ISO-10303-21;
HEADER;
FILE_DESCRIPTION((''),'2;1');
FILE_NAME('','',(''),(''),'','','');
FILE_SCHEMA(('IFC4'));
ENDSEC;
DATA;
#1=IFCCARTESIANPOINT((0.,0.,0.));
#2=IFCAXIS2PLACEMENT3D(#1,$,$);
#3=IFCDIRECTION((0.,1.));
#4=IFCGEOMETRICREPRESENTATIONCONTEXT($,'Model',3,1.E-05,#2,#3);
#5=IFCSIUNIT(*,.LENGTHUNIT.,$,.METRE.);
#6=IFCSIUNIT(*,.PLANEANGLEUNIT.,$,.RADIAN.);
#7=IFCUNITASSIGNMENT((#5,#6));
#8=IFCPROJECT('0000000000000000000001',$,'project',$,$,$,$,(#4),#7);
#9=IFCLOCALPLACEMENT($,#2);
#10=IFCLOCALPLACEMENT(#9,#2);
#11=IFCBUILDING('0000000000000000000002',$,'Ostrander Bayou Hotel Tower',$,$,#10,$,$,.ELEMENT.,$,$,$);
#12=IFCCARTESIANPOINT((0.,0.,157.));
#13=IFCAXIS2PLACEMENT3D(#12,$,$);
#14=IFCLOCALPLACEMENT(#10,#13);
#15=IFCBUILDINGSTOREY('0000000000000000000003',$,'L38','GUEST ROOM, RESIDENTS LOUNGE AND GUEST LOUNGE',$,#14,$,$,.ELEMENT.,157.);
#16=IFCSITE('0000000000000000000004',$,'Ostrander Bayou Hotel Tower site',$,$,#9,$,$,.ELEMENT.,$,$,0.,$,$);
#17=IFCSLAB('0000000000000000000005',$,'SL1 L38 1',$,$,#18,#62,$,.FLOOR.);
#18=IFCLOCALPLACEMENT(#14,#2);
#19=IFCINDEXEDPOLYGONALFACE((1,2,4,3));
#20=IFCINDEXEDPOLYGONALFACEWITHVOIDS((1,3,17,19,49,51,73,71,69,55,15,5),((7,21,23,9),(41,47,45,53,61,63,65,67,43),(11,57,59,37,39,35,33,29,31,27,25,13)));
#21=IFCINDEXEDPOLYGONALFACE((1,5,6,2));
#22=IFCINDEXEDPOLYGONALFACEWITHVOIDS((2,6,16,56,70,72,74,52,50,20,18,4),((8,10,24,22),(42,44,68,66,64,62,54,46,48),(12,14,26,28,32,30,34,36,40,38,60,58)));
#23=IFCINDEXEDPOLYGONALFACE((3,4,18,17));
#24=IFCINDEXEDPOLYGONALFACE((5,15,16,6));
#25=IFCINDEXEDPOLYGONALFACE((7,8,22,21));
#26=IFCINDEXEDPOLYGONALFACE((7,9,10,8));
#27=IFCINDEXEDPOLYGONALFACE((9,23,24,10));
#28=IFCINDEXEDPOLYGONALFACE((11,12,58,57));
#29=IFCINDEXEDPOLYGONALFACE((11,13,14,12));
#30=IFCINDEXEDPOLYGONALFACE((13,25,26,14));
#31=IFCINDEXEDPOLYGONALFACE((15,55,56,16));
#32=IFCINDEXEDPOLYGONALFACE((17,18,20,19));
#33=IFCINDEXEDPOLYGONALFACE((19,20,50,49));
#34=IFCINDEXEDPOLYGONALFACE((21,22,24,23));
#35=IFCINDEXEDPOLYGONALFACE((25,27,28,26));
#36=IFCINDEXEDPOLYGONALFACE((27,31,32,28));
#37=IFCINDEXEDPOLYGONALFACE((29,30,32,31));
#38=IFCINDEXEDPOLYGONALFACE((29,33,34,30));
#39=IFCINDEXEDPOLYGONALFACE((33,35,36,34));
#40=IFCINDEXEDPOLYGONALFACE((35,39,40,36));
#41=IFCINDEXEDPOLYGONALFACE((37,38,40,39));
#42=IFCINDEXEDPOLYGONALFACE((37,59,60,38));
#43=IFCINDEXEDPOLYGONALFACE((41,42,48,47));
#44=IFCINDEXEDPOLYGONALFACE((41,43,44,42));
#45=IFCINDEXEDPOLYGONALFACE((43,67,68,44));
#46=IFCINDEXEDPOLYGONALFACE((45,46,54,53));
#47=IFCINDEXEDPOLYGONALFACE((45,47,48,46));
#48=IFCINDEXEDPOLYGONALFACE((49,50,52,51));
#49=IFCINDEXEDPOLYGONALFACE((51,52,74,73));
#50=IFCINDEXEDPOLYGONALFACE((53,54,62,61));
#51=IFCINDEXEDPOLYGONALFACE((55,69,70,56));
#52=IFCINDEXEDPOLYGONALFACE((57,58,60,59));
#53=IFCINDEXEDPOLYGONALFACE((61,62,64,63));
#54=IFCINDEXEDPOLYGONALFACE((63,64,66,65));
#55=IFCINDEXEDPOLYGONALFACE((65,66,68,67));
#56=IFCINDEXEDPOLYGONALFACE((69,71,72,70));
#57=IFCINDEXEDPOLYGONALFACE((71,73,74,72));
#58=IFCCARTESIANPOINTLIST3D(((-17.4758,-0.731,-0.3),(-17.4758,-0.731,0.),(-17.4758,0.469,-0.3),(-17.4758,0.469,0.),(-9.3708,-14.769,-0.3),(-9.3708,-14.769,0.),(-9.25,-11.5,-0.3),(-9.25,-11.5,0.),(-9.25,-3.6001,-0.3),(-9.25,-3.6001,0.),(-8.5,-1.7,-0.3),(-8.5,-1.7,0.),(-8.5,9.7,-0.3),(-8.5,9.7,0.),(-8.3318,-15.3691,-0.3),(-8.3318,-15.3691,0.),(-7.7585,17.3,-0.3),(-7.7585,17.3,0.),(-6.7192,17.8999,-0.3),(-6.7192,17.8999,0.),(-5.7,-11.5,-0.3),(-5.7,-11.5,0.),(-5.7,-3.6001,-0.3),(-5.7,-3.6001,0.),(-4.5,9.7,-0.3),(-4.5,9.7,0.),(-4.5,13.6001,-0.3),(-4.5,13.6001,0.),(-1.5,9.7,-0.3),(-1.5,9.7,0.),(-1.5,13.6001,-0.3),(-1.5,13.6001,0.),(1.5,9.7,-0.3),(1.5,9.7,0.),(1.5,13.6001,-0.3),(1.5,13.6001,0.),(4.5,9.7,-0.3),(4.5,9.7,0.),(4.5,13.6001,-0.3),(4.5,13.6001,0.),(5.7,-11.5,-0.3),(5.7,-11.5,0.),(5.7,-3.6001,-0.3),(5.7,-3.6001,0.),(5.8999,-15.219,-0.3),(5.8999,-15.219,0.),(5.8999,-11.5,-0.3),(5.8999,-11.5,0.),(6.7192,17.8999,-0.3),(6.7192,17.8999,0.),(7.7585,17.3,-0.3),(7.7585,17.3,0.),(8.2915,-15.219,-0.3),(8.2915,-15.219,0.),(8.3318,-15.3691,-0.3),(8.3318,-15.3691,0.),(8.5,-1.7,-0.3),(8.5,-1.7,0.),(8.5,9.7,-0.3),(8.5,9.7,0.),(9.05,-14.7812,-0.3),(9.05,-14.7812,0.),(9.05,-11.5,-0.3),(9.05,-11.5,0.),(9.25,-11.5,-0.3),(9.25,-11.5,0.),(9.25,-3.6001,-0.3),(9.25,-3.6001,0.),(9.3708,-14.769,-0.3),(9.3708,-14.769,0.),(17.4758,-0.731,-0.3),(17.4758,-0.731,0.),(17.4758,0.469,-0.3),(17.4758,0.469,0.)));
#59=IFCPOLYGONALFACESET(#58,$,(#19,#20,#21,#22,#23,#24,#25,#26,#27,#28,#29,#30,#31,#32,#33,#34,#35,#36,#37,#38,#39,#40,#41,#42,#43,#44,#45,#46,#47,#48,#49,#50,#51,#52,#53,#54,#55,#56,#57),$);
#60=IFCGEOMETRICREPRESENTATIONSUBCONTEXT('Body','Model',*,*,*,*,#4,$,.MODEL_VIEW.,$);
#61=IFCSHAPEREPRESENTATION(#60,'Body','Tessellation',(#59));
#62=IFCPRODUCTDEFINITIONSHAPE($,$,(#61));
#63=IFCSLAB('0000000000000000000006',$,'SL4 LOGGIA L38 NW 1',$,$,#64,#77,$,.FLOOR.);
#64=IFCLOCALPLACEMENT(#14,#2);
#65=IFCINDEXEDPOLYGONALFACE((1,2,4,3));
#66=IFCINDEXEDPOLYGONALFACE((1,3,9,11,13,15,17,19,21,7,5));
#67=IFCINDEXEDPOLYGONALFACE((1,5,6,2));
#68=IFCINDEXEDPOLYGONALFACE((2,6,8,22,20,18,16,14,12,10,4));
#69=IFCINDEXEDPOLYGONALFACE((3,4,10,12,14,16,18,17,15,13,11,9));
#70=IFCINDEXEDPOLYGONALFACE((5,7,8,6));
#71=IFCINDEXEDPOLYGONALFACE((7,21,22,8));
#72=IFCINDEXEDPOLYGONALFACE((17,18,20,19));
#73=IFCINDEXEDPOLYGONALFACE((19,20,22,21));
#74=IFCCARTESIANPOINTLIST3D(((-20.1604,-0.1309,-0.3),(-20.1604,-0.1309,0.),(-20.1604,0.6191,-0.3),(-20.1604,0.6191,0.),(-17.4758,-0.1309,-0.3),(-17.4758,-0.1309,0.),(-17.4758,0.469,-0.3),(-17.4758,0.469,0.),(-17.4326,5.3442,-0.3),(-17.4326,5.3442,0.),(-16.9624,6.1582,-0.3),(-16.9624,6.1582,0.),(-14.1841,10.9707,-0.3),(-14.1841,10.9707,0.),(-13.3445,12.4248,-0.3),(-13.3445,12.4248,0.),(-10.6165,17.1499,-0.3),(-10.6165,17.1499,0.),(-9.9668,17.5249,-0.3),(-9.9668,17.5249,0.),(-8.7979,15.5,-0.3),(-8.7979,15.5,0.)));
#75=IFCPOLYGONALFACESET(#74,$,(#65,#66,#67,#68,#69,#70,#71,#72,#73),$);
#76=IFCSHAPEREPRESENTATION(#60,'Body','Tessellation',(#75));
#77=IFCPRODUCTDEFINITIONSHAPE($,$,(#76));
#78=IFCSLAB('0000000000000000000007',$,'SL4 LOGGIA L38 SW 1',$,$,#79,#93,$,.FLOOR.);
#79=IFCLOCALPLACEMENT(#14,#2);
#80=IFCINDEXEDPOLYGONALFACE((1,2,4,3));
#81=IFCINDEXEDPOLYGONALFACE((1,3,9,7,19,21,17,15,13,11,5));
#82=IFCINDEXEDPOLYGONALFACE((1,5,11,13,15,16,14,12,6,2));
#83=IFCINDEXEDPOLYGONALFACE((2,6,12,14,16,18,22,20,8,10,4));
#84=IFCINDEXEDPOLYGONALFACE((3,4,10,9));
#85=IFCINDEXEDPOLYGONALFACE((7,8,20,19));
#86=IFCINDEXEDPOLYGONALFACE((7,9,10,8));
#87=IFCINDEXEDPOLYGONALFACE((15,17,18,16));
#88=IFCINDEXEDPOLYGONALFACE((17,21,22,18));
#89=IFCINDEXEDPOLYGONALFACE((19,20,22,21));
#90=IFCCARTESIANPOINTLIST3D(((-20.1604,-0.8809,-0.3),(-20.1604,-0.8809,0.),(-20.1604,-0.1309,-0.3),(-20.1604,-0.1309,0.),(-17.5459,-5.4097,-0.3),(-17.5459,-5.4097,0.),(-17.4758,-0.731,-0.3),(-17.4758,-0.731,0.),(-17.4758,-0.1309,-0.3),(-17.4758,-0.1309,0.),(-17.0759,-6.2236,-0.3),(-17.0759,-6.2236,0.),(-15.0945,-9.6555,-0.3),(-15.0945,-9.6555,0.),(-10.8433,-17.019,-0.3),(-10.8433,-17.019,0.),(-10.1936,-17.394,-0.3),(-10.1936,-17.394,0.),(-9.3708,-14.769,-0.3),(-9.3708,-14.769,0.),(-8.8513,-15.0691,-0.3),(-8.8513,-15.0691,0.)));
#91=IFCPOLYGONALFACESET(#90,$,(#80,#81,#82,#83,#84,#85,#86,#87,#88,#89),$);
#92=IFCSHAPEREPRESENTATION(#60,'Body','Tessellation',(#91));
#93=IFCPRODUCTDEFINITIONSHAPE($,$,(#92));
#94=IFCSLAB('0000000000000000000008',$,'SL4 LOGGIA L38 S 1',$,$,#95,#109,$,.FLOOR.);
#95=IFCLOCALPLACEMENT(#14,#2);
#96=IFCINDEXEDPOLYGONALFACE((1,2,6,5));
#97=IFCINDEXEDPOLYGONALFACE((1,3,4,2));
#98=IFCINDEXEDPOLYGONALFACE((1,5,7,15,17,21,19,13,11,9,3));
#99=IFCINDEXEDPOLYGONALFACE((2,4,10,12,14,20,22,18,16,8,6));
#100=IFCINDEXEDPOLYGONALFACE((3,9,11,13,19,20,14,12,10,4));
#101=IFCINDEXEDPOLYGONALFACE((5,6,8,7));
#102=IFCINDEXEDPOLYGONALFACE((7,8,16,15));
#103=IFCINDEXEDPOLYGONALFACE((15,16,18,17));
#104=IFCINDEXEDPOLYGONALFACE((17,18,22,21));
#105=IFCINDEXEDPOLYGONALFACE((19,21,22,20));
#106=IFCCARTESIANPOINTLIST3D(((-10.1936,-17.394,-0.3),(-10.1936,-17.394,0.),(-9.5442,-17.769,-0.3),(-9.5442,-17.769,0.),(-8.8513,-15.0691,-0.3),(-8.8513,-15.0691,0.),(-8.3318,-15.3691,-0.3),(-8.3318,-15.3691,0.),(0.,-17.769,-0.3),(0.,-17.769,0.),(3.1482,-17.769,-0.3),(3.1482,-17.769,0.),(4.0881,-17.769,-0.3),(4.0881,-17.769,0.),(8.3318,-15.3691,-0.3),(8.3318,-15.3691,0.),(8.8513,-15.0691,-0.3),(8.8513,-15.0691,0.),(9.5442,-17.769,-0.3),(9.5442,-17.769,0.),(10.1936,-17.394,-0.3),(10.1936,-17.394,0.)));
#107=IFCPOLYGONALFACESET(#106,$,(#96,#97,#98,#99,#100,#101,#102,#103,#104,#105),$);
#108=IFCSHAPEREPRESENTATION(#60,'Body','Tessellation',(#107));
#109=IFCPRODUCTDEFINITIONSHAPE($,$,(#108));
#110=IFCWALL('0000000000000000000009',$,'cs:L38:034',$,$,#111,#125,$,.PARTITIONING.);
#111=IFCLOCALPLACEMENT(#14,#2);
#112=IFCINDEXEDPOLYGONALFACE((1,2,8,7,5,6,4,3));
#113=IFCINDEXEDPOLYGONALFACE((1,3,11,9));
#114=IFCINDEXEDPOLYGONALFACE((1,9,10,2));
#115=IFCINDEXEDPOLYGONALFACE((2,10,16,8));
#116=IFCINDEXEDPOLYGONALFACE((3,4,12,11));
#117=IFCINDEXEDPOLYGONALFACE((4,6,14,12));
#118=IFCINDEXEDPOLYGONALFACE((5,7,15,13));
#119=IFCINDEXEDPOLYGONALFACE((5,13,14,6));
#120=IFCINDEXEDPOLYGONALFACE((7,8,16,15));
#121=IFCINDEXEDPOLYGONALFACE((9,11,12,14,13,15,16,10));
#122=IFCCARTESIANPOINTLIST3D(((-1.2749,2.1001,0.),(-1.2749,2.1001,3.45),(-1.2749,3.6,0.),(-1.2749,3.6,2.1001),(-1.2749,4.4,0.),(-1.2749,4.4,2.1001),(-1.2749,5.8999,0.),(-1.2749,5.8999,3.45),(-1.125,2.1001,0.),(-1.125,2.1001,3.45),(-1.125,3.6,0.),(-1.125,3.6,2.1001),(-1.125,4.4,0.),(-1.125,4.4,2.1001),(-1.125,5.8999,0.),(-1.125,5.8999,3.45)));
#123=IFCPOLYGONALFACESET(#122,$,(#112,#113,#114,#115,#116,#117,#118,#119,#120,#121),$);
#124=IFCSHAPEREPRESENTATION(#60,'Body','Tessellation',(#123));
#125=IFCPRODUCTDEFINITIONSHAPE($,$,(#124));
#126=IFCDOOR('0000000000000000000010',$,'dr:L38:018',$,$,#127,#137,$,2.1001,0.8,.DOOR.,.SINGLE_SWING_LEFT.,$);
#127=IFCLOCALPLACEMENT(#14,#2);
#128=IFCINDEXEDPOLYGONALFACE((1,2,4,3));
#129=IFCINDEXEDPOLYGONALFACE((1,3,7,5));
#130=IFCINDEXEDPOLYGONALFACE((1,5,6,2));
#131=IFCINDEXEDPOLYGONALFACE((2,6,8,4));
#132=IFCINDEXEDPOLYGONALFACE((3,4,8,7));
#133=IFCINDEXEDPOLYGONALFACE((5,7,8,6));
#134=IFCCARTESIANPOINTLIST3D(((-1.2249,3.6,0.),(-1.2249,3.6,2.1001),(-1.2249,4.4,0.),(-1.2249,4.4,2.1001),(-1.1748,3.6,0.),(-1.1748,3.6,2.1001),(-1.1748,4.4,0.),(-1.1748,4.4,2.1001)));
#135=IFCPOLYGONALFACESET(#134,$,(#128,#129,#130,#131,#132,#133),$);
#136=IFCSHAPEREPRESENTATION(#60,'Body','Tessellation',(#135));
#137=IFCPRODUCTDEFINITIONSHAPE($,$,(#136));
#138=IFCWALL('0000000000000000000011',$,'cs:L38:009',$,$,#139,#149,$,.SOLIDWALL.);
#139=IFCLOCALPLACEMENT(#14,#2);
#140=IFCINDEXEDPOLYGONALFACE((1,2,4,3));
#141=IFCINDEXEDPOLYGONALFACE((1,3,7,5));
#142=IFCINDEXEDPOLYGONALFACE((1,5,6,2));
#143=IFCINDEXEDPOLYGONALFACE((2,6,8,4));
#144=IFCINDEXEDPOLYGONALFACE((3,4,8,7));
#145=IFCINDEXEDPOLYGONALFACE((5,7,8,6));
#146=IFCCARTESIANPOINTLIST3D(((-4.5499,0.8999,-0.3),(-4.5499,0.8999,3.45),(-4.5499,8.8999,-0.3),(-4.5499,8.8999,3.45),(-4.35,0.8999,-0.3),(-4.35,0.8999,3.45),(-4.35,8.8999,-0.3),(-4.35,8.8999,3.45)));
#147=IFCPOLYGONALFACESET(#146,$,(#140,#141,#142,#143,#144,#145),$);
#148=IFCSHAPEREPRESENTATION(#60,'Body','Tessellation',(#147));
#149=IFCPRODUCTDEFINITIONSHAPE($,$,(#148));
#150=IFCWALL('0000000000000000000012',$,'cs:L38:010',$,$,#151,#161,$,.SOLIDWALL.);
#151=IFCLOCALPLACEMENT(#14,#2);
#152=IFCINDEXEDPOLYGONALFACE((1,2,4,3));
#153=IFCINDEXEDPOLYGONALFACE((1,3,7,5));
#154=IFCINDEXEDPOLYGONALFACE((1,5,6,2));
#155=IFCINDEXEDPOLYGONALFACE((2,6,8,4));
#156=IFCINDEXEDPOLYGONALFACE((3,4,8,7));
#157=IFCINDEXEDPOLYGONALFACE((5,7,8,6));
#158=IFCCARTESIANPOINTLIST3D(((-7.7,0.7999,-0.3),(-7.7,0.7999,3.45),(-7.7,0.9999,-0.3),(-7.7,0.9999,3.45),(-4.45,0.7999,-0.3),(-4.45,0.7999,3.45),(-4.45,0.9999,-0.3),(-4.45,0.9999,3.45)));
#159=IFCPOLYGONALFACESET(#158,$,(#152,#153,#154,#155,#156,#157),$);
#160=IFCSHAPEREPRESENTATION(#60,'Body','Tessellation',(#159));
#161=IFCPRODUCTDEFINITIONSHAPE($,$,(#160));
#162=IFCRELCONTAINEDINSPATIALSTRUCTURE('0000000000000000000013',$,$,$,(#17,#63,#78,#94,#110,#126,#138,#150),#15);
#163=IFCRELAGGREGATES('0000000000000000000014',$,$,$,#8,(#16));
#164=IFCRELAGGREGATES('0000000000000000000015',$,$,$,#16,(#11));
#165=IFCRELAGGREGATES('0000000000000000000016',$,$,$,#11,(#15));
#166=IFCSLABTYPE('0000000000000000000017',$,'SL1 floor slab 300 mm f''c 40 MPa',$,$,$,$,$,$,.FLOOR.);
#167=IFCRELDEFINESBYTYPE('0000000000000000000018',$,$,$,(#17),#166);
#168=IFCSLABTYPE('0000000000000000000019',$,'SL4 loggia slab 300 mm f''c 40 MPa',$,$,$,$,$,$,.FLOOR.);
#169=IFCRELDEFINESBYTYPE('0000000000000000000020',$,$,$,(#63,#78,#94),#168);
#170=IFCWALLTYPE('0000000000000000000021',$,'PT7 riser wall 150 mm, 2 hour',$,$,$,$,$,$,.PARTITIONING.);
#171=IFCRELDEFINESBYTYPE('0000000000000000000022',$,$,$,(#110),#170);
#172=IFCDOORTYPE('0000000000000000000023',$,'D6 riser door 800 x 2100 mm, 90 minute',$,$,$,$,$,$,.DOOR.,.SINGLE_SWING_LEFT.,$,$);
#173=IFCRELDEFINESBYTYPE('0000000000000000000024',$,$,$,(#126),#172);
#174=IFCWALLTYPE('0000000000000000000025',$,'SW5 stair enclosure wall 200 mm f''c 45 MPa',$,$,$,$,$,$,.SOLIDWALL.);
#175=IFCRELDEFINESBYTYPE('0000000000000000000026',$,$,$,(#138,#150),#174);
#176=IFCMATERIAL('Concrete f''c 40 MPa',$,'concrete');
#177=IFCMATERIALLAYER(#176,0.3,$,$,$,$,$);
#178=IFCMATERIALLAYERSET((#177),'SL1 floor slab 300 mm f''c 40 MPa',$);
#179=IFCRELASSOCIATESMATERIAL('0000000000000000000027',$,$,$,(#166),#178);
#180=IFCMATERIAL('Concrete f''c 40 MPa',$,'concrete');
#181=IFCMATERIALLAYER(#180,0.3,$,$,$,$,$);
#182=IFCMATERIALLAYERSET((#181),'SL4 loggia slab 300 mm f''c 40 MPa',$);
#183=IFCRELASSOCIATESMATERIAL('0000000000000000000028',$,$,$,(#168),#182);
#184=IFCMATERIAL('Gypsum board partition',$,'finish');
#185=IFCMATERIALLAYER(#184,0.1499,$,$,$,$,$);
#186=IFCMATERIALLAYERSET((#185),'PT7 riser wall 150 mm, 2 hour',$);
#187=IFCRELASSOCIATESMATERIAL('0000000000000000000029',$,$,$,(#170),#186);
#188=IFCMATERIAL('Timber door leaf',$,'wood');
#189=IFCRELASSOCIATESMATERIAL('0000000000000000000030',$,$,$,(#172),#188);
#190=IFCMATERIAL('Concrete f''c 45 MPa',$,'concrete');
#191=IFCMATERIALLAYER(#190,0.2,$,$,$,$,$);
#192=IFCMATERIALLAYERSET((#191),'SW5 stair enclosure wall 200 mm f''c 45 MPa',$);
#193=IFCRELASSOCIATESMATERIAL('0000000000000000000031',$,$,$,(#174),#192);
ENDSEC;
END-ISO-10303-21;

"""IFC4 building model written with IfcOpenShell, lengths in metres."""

from ifc_helpers import new_model, si_unit, direction, frame, frame_2d, origin, place, context, subcontext, project, spatial, polyline, rectangle, outline, extrude, material, layer, layer_set, type_object, element, fill, save


model = new_model("IFC4")

# Units and contexts
model_context = context("Model", 3, precision=1e-05, world=origin(), true_north=direction((0.0, 1.0)))
body_context = subcontext(model_context, "Body", "Model", "MODEL_VIEW")
ifc_project = project(units=[si_unit("LENGTHUNIT", "METRE"), si_unit("PLANEANGLEUNIT", "RADIAN")], contexts=[model_context])

# Site, building, storey
site_placement = place(None, origin())
site = spatial("IfcSite", under=ifc_project, at=site_placement, Name="Ostrander Bayou Hotel Tower site", CompositionType="ELEMENT", RefElevation=0.0)
building_placement = place(site_placement, origin())
building = spatial("IfcBuilding", under=site, at=building_placement, Name="Ostrander Bayou Hotel Tower", CompositionType="ELEMENT")
storey_placement = place(building_placement, frame((0.0, 0.0, 157.0)))
storey = spatial("IfcBuildingStorey", under=building, at=storey_placement, Name="L38", Description="GUEST ROOM, RESIDENTS LOUNGE AND GUEST LOUNGE", CompositionType="ELEMENT", Elevation=157.0)

# Slabs
ifc_material_1 = material(Name="Concrete f'c 40 MPa", Category="concrete")
ifc_layer_1 = layer(ifc_material_1, 0.3)
ifc_layer_set_1 = layer_set([ifc_layer_1], Name="SL1 floor slab 300 mm f'c 40 MPa")
slab_type_1 = type_object("IfcSlabType", Name="SL1 floor slab 300 mm f'c 40 MPa", PredefinedType="FLOOR", material=ifc_layer_set_1)
slab_1_placement = place(storey_placement, frame((0.0, 0.0, -0.3)))
element("IfcSlab", 1, at=slab_1_placement, inside=storey, type_object=slab_type_1, Name="SL1 L38 1", PredefinedType="FLOOR", context=body_context, shape_type="SweptSolid", body=[
    extrude(outline(polyline([(7.7585, 17.3), (17.4758, 0.469), (17.4758, -0.731), (9.3708, -14.769), (8.3318, -15.3691), (-8.3318, -15.3691), (-9.3708, -14.769), (-17.4758, -0.731), (-17.4758, 0.469), (-7.7585, 17.3), (-6.7192, 17.8999), (6.7192, 17.8999), (7.7585, 17.3)]), holes=[polyline([(9.05, -11.5), (9.25, -11.5), (9.25, -3.6001), (5.7, -3.6001), (5.7, -11.5), (5.8999, -11.5), (5.8999, -15.219), (8.2915, -15.219), (9.05, -14.7812), (9.05, -11.5)]), polyline([(-8.5, -1.7), (8.5, -1.7), (8.5, 9.7), (4.5, 9.7), (4.5, 13.6001), (1.5, 13.6001), (1.5, 9.7), (-1.5, 9.7), (-1.5, 13.6001), (-4.5, 13.6001), (-4.5, 9.7), (-8.5, 9.7), (-8.5, -1.7)]), polyline([(-5.7, -3.6001), (-9.25, -3.6001), (-9.25, -11.5), (-5.7, -11.5), (-5.7, -3.6001)])]), origin(), (0.0, 0.0, 1.0), 0.3),
])
ifc_material_2 = material(Name="Concrete f'c 40 MPa", Category="concrete")
ifc_layer_2 = layer(ifc_material_2, 0.3)
ifc_layer_set_2 = layer_set([ifc_layer_2], Name="SL4 loggia slab 300 mm f'c 40 MPa")
slab_type_2 = type_object("IfcSlabType", Name="SL4 loggia slab 300 mm f'c 40 MPa", PredefinedType="FLOOR", material=ifc_layer_set_2)
slab_2_placement = place(storey_placement, frame((0.0, 0.0, -0.3)))
element("IfcSlab", 2, at=slab_2_placement, inside=storey, type_object=slab_type_2, Name="SL4 LOGGIA L38 NW 1", PredefinedType="FLOOR", context=body_context, shape_type="SweptSolid", body=[
    extrude(outline(polyline([(-20.1604, -0.1309), (-20.1604, 0.6191), (-17.4326, 5.3442), (-16.9624, 6.1582), (-14.1841, 10.9707), (-13.3445, 12.4248), (-10.6165, 17.1499), (-9.9668, 17.5249), (-8.7979, 15.5), (-17.4758, 0.469), (-17.4758, -0.1309), (-20.1604, -0.1309)])), origin(), (0.0, 0.0, 1.0), 0.3),
])
slab_3_placement = place(storey_placement, frame((0.0, 0.0, -0.3)))
element("IfcSlab", 3, at=slab_3_placement, inside=storey, type_object=slab_type_2, Name="SL4 LOGGIA L38 SW 1", PredefinedType="FLOOR", context=body_context, shape_type="SweptSolid", body=[
    extrude(outline(polyline([(-8.8513, -15.0691), (-10.1936, -17.394), (-10.8433, -17.019), (-15.0945, -9.6555), (-17.0759, -6.2236), (-17.5459, -5.4097), (-20.1604, -0.8809), (-20.1604, -0.1309), (-17.4758, -0.1309), (-17.4758, -0.731), (-9.3708, -14.769), (-8.8513, -15.0691)])), origin(), (0.0, 0.0, 1.0), 0.3),
])
slab_4_placement = place(storey_placement, frame((0.0, 0.0, -0.3)))
element("IfcSlab", 4, at=slab_4_placement, inside=storey, type_object=slab_type_2, Name="SL4 LOGGIA L38 S 1", PredefinedType="FLOOR", context=body_context, shape_type="SweptSolid", body=[
    extrude(outline(polyline([(8.8513, -15.0691), (10.1936, -17.394), (9.5442, -17.769), (4.0881, -17.769), (3.1482, -17.769), (0.0, -17.769), (-9.5442, -17.769), (-10.1936, -17.394), (-8.8513, -15.0691), (-8.3318, -15.3691), (8.3318, -15.3691), (8.8513, -15.0691)])), origin(), (0.0, 0.0, 1.0), 0.3),
])

# Wall, opening, door
ifc_material_3 = material(Name="Gypsum board partition", Category="finish")
ifc_layer_3 = layer(ifc_material_3, 0.1499)
ifc_layer_set_3 = layer_set([ifc_layer_3], Name="PT7 riser wall 150 mm, 2 hour")
wall_type_1 = type_object("IfcWallType", Name="PT7 riser wall 150 mm, 2 hour", PredefinedType="PARTITIONING", material=ifc_layer_set_3)
wall_1_placement = place(storey_placement, frame((-1.2, 2.1001, 0.0), z_axis=(0.0, 0.0, 1.0), x_axis=(0.0, 1.0, 0.0)))
wall_1 = element("IfcWall", 5, at=wall_1_placement, inside=storey, type_object=wall_type_1, Name="cs:L38:034", PredefinedType="PARTITIONING", context=body_context, shape_type="SweptSolid", body=[
    extrude(rectangle(XDim=3.7998, YDim=0.1499, at=frame_2d((1.8999, 0.0))), origin(), (0.0, 0.0, 1.0), 3.45),
])
opening_1_placement = place(wall_1_placement, frame((1.5, 0.0, 0.0)))
opening_1 = element("IfcOpeningElement", 6, at=opening_1_placement, cuts=wall_1, PredefinedType="OPENING", context=body_context, shape_type="SweptSolid", body=[
    extrude(rectangle(XDim=0.8, YDim=2.1001, at=frame_2d((0.3999, 1.05))), frame((0.0, 0.075, 0.0), z_axis=(0.0, -1.0, 0.0), x_axis=(1.0, 0.0, 0.0)), (0.0, 0.0, 1.0), 0.1499),
])
ifc_material_4 = material(Name="Timber door leaf", Category="wood")
door_type_1 = type_object("IfcDoorType", Name="D6 riser door 800 x 2100 mm, 90 minute", OperationType="SINGLE_SWING_LEFT", PredefinedType="DOOR", material=ifc_material_4)
door_1_placement = place(opening_1_placement, origin())
door_1 = element("IfcDoor", 7, at=door_1_placement, inside=storey, type_object=door_type_1, Name="dr:L38:018", OperationType="SINGLE_SWING_LEFT", OverallHeight=2.1001, OverallWidth=0.8, PredefinedType="DOOR", context=body_context, shape_type="SweptSolid", body=[
    extrude(rectangle(XDim=0.8, YDim=2.1001, at=frame_2d((0.3999, 1.05))), frame((0.0, 0.0249, 0.0), z_axis=(0.0, -1.0, 0.0), x_axis=(1.0, 0.0, 0.0)), (0.0, 0.0, 1.0), 0.05),
])
fill(opening_1, door_1)

# Walls
ifc_material_5 = material(Name="Concrete f'c 45 MPa", Category="concrete")
ifc_layer_4 = layer(ifc_material_5, 0.2)
ifc_layer_set_4 = layer_set([ifc_layer_4], Name="SW5 stair enclosure wall 200 mm f'c 45 MPa")
wall_type_2 = type_object("IfcWallType", Name="SW5 stair enclosure wall 200 mm f'c 45 MPa", PredefinedType="SOLIDWALL", material=ifc_layer_set_4)
wall_2_placement = place(storey_placement, frame((-4.45, 0.8999, -0.3), z_axis=(0.0, 0.0, 1.0), x_axis=(0.0, 1.0, 0.0)))
element("IfcWall", 8, at=wall_2_placement, inside=storey, type_object=wall_type_2, Name="cs:L38:009", PredefinedType="SOLIDWALL", context=body_context, shape_type="SweptSolid", body=[
    extrude(rectangle(XDim=8.0, YDim=0.2, at=frame_2d((4.0, 0.0))), origin(), (0.0, 0.0, 1.0), 3.75),
])
wall_3_placement = place(storey_placement, frame((-7.7, 0.8999, -0.3), z_axis=(0.0, 0.0, 1.0), x_axis=(1.0, 0.0, 0.0)))
element("IfcWall", 9, at=wall_3_placement, inside=storey, type_object=wall_type_2, Name="cs:L38:010", PredefinedType="SOLIDWALL", context=body_context, shape_type="SweptSolid", body=[
    extrude(rectangle(XDim=3.25, YDim=0.2, at=frame_2d((1.625, 0.0))), origin(), (0.0, 0.0, 1.0), 3.75),
])

save(model, "model.ifc")
